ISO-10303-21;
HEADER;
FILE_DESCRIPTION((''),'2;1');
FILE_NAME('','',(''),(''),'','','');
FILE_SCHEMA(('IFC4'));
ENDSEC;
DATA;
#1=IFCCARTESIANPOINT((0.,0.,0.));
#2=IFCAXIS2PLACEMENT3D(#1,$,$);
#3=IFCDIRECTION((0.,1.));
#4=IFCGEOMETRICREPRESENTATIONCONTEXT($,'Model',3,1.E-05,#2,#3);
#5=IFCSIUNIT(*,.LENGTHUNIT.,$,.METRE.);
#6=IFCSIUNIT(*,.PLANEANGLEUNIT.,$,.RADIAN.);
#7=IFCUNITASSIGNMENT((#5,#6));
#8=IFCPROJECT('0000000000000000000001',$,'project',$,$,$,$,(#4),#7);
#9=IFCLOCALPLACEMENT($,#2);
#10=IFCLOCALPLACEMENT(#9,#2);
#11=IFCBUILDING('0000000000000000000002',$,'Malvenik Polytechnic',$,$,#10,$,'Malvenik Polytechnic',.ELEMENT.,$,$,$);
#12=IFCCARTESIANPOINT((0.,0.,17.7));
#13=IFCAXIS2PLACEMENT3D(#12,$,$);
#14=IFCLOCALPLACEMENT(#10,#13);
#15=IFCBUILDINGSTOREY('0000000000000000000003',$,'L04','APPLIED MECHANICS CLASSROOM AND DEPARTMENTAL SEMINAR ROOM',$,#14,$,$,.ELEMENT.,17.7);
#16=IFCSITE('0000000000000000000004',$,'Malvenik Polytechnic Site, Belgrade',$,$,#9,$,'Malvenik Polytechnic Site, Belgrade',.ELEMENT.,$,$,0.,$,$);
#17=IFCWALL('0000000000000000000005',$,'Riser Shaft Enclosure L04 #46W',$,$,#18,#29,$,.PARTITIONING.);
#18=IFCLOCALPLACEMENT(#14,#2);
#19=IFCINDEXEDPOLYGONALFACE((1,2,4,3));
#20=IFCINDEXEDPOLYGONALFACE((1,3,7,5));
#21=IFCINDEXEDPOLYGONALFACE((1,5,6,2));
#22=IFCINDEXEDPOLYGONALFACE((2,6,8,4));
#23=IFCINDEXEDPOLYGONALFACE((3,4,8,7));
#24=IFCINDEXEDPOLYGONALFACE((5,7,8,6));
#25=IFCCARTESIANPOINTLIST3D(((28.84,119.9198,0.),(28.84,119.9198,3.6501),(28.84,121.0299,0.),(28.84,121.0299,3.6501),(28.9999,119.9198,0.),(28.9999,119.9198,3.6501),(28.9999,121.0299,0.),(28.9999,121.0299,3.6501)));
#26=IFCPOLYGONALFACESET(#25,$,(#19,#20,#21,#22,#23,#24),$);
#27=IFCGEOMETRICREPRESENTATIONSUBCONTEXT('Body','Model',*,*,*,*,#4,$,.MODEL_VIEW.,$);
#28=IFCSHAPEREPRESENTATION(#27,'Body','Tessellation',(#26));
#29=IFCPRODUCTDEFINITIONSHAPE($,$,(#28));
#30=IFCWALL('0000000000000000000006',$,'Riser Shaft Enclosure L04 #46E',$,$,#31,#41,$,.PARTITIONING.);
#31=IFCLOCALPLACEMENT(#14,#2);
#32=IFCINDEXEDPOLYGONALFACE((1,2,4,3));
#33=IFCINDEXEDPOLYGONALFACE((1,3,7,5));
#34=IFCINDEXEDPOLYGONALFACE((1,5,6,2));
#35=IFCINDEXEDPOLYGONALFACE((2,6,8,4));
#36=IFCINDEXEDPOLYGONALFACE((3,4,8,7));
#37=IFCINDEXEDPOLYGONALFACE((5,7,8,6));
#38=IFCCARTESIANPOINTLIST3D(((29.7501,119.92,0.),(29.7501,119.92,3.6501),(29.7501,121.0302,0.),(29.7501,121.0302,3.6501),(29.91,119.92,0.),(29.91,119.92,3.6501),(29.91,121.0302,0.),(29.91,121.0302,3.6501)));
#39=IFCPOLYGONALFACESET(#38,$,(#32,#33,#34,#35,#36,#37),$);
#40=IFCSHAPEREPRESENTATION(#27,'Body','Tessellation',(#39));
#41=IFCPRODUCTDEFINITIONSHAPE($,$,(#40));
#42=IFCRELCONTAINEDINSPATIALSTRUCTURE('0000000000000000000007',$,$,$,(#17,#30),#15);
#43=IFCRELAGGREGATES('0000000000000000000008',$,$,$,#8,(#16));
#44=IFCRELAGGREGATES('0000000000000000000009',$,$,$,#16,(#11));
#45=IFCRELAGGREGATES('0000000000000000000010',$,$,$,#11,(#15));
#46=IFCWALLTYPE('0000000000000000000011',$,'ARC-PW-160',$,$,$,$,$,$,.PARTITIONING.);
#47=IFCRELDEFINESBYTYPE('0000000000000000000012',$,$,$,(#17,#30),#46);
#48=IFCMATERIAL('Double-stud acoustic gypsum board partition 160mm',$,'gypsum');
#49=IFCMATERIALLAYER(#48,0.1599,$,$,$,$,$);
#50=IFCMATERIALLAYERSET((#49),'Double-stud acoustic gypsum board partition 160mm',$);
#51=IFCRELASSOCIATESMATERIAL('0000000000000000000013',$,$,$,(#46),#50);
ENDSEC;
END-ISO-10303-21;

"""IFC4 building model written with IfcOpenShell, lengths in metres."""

from ifc_helpers import new_model, si_unit, direction, frame, frame_2d, origin, place, context, subcontext, project, spatial, rectangle, extrude, material, layer, layer_set, type_object, element, save


model = new_model("IFC4")

# Units and contexts
model_context = context("Model", 3, precision=1e-05, world=origin(), true_north=direction((0.0, 1.0)))
body_context = subcontext(model_context, "Body", "Model", "MODEL_VIEW")
ifc_project = project(units=[si_unit("LENGTHUNIT", "METRE"), si_unit("PLANEANGLEUNIT", "RADIAN")], contexts=[model_context])

# Site, building, storey
site_placement = place(None, origin())
site = spatial("IfcSite", under=ifc_project, at=site_placement, Name="Malvenik Polytechnic Site, Belgrade", LongName="Malvenik Polytechnic Site, Belgrade", CompositionType="ELEMENT", RefElevation=0.0)
building_placement = place(site_placement, origin())
building = spatial("IfcBuilding", under=site, at=building_placement, Name="Malvenik Polytechnic", LongName="Malvenik Polytechnic", CompositionType="ELEMENT")
storey_placement = place(building_placement, frame((0.0, 0.0, 17.7)))
storey = spatial("IfcBuildingStorey", under=building, at=storey_placement, Name="L04", Description="APPLIED MECHANICS CLASSROOM AND DEPARTMENTAL SEMINAR ROOM", CompositionType="ELEMENT", Elevation=17.7)

# Walls
ifc_material_1 = material(Name="Double-stud acoustic gypsum board partition 160mm", Category="gypsum")
ifc_layer_1 = layer(ifc_material_1, 0.1599)
ifc_layer_set_1 = layer_set([ifc_layer_1], Name="Double-stud acoustic gypsum board partition 160mm")
wall_type_1 = type_object("IfcWallType", Name="ARC-PW-160", PredefinedType="PARTITIONING", material=ifc_layer_set_1)
for number, where, z_axis, x_axis, name in (
    (1, (28.9199, 121.03, 0.0), (0.0, 0.0, 1.0), (0.0, -1.0, 0.0), "Riser Shaft Enclosure L04 #46W"),
    (2, (29.8301, 119.9199, 0.0), (0.0, 0.0, 1.0), (0.0, 1.0, 0.0), "Riser Shaft Enclosure L04 #46E"),
):
    element("IfcWall", number, at=place(storey_placement, frame(where, z_axis=z_axis, x_axis=x_axis)), inside=storey, type_object=wall_type_1, Name=name, PredefinedType="PARTITIONING", context=body_context, shape_type="SweptSolid", body=[
        extrude(rectangle(XDim=1.1101, YDim=0.1599, at=frame_2d((0.5552, 0.0))), origin(), (0.0, 0.0, 1.0), 3.6501),
    ])

save(model, "model.ifc")
